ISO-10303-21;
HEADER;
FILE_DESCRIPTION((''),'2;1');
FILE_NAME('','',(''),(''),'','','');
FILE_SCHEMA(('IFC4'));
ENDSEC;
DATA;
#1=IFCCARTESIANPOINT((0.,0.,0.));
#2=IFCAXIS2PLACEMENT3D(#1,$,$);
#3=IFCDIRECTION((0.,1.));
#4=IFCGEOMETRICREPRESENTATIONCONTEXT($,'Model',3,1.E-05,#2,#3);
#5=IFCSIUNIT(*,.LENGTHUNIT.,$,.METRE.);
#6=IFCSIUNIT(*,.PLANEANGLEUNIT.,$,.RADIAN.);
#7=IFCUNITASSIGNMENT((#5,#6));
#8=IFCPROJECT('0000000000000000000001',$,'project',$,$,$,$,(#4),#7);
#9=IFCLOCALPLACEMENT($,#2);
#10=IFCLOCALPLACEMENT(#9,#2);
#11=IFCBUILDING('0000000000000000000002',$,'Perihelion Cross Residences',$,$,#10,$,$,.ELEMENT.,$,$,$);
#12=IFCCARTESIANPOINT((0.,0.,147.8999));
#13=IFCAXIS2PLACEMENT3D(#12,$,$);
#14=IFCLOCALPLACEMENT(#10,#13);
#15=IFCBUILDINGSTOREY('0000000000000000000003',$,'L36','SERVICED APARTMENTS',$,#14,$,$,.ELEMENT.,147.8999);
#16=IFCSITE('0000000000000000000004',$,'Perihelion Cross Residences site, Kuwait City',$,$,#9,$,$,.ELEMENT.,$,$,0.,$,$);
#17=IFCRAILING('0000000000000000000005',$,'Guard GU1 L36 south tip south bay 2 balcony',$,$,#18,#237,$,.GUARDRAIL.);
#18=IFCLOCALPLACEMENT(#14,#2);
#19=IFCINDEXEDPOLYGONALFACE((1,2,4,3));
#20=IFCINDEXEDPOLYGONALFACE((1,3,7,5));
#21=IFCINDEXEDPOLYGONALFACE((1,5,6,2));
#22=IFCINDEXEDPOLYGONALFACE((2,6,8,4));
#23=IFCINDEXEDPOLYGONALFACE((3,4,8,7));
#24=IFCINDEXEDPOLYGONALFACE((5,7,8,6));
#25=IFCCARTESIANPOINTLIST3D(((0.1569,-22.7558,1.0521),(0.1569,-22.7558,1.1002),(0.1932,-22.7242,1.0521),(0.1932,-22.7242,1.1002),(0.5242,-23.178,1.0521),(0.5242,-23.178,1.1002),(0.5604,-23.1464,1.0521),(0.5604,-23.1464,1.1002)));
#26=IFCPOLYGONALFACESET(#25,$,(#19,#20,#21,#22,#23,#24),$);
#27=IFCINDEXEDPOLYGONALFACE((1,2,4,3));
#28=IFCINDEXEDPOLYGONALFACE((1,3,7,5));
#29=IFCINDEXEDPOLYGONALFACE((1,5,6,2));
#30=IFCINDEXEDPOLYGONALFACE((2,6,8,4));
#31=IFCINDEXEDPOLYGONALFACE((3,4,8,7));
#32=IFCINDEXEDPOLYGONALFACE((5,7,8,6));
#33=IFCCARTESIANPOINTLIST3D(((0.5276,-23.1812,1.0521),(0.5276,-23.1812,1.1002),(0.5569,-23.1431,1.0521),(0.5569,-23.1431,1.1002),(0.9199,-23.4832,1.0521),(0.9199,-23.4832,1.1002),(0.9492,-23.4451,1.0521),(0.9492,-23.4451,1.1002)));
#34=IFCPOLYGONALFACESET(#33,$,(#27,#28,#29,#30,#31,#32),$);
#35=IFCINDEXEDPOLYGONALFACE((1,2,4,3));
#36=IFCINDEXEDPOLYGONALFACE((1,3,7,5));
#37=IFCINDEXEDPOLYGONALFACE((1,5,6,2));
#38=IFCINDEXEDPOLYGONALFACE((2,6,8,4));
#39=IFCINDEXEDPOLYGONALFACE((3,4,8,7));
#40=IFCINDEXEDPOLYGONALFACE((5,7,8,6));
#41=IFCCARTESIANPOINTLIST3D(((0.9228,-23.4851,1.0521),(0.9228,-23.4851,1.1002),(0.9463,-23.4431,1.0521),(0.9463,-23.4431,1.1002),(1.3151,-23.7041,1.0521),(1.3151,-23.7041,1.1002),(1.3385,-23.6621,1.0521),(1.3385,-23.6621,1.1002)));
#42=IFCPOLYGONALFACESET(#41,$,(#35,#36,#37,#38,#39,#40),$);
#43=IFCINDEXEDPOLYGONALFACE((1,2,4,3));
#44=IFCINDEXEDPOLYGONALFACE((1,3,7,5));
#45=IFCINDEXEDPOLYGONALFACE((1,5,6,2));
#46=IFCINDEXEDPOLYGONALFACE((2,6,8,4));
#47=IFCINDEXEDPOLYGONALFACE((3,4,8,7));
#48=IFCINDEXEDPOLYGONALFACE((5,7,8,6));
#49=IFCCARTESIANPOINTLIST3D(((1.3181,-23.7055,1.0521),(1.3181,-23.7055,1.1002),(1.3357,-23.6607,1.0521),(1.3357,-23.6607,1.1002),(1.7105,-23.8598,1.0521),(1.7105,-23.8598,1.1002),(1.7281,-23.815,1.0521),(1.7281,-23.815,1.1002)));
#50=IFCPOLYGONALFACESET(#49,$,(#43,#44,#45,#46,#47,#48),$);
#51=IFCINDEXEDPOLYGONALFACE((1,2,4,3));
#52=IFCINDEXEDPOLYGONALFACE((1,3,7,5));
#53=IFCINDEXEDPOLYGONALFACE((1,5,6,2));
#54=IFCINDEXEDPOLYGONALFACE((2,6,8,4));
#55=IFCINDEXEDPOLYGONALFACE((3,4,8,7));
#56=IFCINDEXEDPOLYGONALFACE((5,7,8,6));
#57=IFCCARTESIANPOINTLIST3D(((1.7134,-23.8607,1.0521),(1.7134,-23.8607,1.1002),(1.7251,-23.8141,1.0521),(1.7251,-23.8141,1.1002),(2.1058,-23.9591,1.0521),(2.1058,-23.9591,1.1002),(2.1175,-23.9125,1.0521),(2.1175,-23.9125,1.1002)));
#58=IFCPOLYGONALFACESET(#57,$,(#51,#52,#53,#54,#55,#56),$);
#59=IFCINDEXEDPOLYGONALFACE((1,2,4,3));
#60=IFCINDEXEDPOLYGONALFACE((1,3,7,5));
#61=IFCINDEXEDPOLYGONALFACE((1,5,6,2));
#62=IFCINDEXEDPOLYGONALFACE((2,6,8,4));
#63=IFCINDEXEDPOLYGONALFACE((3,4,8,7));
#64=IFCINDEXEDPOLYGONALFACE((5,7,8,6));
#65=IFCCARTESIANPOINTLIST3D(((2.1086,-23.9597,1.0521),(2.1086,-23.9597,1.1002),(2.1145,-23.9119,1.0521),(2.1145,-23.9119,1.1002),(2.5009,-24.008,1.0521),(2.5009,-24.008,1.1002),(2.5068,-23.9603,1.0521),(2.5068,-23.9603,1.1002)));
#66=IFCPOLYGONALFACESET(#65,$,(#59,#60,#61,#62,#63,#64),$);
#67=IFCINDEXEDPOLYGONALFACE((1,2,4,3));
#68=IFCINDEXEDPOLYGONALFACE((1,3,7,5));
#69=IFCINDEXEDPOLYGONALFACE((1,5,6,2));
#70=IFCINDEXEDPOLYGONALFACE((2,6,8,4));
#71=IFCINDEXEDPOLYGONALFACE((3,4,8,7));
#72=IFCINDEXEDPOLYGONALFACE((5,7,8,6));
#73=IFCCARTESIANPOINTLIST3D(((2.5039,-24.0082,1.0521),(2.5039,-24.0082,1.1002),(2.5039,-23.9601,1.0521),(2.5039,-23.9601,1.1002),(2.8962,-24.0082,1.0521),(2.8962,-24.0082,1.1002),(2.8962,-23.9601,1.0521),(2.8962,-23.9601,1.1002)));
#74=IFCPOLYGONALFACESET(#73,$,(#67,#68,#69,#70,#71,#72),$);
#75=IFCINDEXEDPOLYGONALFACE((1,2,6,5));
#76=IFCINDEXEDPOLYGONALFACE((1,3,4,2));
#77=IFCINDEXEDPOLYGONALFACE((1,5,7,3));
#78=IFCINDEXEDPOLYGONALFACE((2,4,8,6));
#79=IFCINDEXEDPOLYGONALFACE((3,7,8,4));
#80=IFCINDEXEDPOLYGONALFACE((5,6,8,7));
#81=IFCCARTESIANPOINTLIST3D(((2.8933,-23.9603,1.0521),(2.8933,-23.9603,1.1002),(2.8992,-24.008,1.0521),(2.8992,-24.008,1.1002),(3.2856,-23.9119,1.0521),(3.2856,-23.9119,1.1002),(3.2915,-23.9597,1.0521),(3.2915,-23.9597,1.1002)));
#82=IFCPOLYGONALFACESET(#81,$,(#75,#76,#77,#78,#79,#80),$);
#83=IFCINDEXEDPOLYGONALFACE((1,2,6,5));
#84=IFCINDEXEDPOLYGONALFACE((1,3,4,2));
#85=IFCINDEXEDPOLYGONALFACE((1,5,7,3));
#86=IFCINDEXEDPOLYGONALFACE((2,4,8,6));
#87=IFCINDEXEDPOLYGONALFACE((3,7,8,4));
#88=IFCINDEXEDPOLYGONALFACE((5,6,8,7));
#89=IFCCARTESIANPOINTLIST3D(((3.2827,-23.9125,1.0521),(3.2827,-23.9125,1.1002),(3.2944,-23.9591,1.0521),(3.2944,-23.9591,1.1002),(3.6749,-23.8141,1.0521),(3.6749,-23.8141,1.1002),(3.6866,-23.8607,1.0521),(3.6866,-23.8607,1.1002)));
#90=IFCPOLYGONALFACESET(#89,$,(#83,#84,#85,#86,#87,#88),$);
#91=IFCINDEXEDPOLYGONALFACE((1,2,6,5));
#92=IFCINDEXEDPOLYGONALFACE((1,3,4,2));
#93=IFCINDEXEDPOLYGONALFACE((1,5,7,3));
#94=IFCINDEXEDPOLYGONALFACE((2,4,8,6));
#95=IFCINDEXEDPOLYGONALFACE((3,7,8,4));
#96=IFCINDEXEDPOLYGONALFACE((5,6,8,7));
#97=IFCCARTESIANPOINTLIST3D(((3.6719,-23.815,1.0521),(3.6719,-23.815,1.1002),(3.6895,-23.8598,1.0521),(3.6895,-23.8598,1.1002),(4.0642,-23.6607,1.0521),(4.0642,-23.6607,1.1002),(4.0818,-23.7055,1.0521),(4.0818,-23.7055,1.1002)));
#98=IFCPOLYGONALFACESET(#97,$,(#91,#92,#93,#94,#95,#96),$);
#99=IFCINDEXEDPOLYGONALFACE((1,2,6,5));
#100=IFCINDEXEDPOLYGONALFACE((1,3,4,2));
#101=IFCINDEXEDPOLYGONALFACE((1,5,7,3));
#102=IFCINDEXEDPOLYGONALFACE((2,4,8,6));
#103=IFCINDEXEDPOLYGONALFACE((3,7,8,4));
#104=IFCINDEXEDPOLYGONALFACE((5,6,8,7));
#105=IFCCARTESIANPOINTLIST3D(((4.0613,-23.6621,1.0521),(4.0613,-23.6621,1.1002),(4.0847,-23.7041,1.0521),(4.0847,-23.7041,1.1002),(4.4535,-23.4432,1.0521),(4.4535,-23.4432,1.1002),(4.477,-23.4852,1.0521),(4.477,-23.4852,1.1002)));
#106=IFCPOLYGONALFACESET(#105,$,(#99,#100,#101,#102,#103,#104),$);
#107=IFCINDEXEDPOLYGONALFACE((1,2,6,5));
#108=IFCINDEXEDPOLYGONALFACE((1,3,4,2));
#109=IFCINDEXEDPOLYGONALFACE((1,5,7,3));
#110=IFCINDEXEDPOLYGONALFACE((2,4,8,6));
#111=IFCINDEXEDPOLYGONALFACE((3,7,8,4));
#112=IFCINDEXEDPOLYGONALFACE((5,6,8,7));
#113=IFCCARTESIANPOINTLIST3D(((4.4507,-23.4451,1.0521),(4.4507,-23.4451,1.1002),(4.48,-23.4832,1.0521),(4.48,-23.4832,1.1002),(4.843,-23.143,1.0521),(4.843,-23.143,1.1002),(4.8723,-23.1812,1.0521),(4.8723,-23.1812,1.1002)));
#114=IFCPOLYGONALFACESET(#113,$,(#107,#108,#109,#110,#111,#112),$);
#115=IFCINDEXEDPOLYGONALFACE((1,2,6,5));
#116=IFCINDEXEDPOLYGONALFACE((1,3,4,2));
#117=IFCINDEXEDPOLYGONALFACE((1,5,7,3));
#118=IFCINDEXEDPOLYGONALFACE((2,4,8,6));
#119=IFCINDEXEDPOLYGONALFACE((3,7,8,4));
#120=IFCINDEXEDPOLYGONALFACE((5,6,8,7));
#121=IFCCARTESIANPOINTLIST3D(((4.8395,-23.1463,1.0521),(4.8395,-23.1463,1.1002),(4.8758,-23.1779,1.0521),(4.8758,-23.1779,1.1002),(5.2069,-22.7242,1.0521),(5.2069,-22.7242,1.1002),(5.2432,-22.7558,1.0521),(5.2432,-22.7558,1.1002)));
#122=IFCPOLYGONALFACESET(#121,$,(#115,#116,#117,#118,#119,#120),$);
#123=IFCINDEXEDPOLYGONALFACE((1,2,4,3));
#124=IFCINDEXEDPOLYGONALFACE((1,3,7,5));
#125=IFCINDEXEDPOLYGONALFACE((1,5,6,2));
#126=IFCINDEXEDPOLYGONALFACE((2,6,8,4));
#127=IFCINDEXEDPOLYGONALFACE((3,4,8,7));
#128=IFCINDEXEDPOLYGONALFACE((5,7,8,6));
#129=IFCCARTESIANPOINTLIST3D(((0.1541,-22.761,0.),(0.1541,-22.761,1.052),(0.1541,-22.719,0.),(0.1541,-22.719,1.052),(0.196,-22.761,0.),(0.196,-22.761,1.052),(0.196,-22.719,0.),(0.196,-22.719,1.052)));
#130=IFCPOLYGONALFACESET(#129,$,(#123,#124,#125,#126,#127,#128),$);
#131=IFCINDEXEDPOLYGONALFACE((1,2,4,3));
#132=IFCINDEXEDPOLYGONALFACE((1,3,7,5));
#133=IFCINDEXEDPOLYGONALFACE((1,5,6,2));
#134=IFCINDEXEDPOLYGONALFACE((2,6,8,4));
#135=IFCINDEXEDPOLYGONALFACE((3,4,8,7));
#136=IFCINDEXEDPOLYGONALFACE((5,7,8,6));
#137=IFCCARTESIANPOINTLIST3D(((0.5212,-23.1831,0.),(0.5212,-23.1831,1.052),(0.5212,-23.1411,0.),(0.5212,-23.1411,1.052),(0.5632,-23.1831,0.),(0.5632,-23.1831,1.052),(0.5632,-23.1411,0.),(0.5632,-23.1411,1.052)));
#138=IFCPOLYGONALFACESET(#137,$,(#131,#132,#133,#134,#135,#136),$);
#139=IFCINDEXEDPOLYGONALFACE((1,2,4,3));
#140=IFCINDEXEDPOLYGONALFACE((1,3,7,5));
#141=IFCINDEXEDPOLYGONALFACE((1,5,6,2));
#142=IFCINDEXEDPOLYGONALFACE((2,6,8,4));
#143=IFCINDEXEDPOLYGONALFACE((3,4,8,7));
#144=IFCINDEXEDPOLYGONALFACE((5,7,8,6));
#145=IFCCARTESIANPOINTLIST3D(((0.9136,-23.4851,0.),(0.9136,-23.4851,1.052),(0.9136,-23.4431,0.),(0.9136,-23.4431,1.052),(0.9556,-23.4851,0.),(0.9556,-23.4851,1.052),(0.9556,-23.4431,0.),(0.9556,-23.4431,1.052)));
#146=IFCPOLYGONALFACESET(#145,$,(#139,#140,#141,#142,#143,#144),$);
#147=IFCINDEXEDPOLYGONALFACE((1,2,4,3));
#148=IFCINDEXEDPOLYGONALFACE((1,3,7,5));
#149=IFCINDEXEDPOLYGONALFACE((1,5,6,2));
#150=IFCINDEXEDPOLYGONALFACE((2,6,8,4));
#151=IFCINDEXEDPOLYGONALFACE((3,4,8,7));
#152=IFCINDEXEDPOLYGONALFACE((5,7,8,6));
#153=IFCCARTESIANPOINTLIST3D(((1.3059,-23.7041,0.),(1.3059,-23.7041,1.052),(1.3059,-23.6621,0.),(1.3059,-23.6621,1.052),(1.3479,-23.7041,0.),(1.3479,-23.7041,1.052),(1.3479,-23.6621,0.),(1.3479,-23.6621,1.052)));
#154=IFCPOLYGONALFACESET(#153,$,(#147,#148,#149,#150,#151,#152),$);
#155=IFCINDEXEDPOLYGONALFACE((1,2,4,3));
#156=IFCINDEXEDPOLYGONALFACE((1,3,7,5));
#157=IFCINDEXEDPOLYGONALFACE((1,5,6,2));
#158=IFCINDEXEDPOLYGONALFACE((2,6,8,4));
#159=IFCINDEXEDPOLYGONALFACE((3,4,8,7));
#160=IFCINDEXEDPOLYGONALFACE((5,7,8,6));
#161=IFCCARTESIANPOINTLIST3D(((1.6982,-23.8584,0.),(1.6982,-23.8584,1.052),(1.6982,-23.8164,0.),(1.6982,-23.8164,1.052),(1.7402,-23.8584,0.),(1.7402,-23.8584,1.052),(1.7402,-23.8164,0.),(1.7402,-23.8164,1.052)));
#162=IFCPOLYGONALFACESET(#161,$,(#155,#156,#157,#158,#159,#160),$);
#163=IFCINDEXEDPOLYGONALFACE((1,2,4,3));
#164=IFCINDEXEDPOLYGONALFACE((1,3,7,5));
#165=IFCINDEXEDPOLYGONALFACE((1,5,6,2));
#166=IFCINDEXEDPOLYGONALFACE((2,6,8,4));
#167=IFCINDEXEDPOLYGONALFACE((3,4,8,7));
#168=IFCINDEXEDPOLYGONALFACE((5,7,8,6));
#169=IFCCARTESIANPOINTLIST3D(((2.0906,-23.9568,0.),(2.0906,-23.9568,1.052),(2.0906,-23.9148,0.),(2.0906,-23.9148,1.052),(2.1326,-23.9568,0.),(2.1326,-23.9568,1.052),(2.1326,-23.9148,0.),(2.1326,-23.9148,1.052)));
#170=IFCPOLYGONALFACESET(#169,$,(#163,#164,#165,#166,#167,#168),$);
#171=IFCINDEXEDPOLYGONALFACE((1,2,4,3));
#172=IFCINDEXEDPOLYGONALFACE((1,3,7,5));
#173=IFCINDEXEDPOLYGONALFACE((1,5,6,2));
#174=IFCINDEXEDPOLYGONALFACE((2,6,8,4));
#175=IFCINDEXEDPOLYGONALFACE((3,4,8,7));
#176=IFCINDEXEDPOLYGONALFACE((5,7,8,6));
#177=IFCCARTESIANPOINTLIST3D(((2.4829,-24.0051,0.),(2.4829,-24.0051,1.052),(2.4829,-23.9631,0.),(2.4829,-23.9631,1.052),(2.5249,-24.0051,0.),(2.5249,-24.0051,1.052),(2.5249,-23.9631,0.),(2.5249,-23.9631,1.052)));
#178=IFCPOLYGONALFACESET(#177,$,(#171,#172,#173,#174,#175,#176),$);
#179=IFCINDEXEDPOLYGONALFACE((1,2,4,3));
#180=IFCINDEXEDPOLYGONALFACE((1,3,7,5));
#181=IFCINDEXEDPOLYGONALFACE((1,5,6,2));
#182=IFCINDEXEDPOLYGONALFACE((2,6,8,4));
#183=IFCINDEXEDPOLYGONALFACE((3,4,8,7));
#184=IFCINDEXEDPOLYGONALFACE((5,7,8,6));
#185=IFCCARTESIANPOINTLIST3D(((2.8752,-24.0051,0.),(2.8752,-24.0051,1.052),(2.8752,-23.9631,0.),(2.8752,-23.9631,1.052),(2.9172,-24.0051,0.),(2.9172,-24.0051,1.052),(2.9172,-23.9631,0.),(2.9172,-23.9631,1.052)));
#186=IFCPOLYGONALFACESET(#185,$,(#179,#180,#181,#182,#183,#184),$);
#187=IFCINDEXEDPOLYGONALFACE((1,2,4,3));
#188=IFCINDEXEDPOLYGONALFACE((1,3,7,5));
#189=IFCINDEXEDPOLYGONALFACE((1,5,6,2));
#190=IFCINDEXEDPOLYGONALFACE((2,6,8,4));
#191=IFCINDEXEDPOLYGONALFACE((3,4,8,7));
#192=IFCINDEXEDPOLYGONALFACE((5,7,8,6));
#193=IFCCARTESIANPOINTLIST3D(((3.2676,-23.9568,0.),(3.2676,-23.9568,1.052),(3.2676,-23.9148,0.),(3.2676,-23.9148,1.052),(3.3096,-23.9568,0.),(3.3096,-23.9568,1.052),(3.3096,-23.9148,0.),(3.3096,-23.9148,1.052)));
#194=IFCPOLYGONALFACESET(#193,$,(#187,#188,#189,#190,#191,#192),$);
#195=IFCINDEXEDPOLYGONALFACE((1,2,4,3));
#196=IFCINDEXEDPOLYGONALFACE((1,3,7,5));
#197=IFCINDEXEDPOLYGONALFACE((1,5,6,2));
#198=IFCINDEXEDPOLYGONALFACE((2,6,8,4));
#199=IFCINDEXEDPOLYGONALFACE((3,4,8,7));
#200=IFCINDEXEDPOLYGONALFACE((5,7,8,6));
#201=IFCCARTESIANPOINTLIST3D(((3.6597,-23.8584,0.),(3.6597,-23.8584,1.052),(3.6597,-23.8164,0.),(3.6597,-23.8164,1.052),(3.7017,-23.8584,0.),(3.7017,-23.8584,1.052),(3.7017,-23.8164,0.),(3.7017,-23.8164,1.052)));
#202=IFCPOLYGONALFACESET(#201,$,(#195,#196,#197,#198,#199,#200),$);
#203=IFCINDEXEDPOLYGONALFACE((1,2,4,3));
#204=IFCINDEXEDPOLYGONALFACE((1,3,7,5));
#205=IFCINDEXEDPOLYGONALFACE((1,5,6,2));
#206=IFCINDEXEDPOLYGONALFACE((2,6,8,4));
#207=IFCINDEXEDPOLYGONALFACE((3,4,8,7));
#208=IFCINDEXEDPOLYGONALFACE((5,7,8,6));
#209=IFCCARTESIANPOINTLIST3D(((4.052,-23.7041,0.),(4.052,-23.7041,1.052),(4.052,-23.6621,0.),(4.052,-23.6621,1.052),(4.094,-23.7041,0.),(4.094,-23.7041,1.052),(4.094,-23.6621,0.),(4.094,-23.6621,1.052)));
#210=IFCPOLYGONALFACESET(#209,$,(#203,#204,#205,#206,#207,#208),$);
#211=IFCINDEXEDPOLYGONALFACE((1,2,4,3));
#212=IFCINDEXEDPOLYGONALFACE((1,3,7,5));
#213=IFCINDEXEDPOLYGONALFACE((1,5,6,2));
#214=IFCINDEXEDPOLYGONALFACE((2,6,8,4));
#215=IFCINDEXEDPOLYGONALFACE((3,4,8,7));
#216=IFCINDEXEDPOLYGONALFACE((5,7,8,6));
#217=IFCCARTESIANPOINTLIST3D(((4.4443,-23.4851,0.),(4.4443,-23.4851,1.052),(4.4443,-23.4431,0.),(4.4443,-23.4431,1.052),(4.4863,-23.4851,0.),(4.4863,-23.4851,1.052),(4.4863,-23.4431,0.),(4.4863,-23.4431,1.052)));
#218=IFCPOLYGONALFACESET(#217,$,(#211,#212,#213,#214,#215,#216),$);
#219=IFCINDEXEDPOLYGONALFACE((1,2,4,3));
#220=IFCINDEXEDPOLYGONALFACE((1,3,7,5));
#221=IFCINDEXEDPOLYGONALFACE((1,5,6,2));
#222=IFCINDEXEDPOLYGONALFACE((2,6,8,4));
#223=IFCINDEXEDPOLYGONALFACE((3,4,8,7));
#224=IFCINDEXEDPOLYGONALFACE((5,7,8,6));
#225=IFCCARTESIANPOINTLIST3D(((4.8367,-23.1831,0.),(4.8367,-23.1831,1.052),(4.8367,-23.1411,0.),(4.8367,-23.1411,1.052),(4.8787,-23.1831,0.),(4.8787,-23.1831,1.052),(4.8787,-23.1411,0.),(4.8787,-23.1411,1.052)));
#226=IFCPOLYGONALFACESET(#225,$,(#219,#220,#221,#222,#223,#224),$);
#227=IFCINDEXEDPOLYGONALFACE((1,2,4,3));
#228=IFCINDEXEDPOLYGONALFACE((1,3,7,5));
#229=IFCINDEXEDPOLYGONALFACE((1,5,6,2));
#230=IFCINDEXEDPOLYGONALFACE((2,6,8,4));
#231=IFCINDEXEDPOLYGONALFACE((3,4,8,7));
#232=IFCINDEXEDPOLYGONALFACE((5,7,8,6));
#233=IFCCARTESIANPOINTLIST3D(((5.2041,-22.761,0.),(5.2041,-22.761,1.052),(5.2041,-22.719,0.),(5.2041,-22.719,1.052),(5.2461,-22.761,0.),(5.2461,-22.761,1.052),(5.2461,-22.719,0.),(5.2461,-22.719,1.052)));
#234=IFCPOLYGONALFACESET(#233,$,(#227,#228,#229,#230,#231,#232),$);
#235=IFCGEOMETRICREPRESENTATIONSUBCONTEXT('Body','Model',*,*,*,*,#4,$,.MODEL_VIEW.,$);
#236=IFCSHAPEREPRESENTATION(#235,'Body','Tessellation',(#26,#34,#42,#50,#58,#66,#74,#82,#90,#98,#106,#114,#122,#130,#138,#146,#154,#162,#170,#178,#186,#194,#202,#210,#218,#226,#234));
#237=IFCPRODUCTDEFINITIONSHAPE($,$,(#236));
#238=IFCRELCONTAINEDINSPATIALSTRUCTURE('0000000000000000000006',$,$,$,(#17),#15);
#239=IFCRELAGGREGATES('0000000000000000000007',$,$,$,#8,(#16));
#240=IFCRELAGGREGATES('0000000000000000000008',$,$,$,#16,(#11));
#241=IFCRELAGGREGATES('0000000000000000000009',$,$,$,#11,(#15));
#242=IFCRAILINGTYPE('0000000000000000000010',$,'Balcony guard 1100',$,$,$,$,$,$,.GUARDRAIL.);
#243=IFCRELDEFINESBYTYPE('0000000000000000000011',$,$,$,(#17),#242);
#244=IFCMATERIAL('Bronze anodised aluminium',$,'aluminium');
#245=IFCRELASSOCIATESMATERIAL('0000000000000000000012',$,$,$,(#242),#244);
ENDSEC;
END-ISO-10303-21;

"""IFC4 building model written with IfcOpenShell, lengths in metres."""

from ifc_helpers import new_model, si_unit, direction, frame, origin, origin_2d, place, context, subcontext, project, spatial, rectangle, extrude, material, type_object, element, save


model = new_model("IFC4")

# Units and contexts
model_context = context("Model", 3, precision=1e-05, world=origin(), true_north=direction((0.0, 1.0)))
body_context = subcontext(model_context, "Body", "Model", "MODEL_VIEW")
ifc_project = project(units=[si_unit("LENGTHUNIT", "METRE"), si_unit("PLANEANGLEUNIT", "RADIAN")], contexts=[model_context])

# Site, building, storey
site_placement = place(None, origin())
site = spatial("IfcSite", under=ifc_project, at=site_placement, Name="Perihelion Cross Residences site, Kuwait City", CompositionType="ELEMENT", RefElevation=0.0)
building_placement = place(site_placement, origin())
building = spatial("IfcBuilding", under=site, at=building_placement, Name="Perihelion Cross Residences", CompositionType="ELEMENT")
storey_placement = place(building_placement, frame((0.0, 0.0, 147.8999)))
storey = spatial("IfcBuildingStorey", under=building, at=storey_placement, Name="L36", Description="SERVICED APARTMENTS", CompositionType="ELEMENT", Elevation=147.8999)

# Railing
ifc_material_1 = material(Name="Bronze anodised aluminium", Category="aluminium")
railing_type = type_object("IfcRailingType", Name="Balcony guard 1100", PredefinedType="GUARDRAIL", material=ifc_material_1)
railing_placement = place(storey_placement, frame((0.175, -22.74, 0.0)))
element("IfcRailing", 1, at=railing_placement, inside=storey, type_object=railing_type, Name="Guard GU1 L36 south tip south bay 2 balcony", PredefinedType="GUARDRAIL", context=body_context, shape_type="SweptSolid", body=[
    extrude(rectangle(XDim=0.0481, YDim=0.0481, at=origin_2d()), frame((0.0, 0.0, 1.0762), z_axis=(0.656308, -0.754493, 0.0), x_axis=(0.754493, 0.656308, 0.0)), (0.0, 0.0, 1.0), 0.5596),
    extrude(rectangle(XDim=0.0481, YDim=0.0481, at=origin_2d()), frame((0.3672, -0.4221, 1.0762), z_axis=(0.792422, -0.609973, 0.0), x_axis=(0.609973, 0.792422, 0.0)), (0.0, 0.0, 1.0), 0.4951),
    extrude(rectangle(XDim=0.0481, YDim=0.0481, at=origin_2d()), frame((0.7595, -0.7241, 1.0762), z_axis=(0.873182, -0.487395, 0.0), x_axis=(0.487395, 0.873182, 0.0)), (0.0, 0.0, 1.0), 0.4492),
    extrude(rectangle(XDim=0.0481, YDim=0.0481, at=origin_2d()), frame((1.1519, -0.9431, 1.0762), z_axis=(0.930618, -0.365993, 0.0), x_axis=(0.365993, 0.930618, 0.0)), (0.0, 0.0, 1.0), 0.4216),
    extrude(rectangle(XDim=0.0481, YDim=0.0481, at=origin_2d()), frame((1.5442, -1.0974, 1.0762), z_axis=(0.969965, -0.243246, 0.0), x_axis=(0.243246, 0.969965, 0.0)), (0.0, 0.0, 1.0), 0.4045),
    extrude(rectangle(XDim=0.0481, YDim=0.0481, at=origin_2d()), frame((1.9365, -1.1958, 1.0762), z_axis=(0.992495, -0.122286, 0.0), x_axis=(0.122286, 0.992495, 0.0)), (0.0, 0.0, 1.0), 0.3953),
    extrude(rectangle(XDim=0.0481, YDim=0.0481, at=origin_2d()), frame((2.3289, -1.2441, 1.0762), z_axis=(1.0, 0.0, 0.0), x_axis=(0.0, 1.0, 0.0)), (0.0, 0.0, 1.0), 0.3923),
    extrude(rectangle(XDim=0.0481, YDim=0.0481, at=origin_2d()), frame((2.7212, -1.2441, 1.0762), z_axis=(0.992495, 0.122286, 0.0), x_axis=(-0.122286, 0.992495, 0.0)), (0.0, 0.0, 1.0), 0.3953),
    extrude(rectangle(XDim=0.0481, YDim=0.0481, at=origin_2d()), frame((3.1135, -1.1958, 1.0762), z_axis=(0.969929, 0.243388, 0.0), x_axis=(-0.243388, 0.969929, 0.0)), (0.0, 0.0, 1.0), 0.4043),
    extrude(rectangle(XDim=0.0481, YDim=0.0481, at=origin_2d()), frame((3.5056, -1.0974, 1.0762), z_axis=(0.930618, 0.365993, 0.0), x_axis=(-0.365993, 0.930618, 0.0)), (0.0, 0.0, 1.0), 0.4216),
    extrude(rectangle(XDim=0.0481, YDim=0.0481, at=origin_2d()), frame((3.8979, -0.9431, 1.0762), z_axis=(0.873182, 0.487395, 0.0), x_axis=(-0.487395, 0.873182, 0.0)), (0.0, 0.0, 1.0), 0.4492),
    extrude(rectangle(XDim=0.0481, YDim=0.0481, at=origin_2d()), frame((4.2903, -0.7241, 1.0762), z_axis=(0.792422, 0.609973, 0.0), x_axis=(-0.609973, 0.792422, 0.0)), (0.0, 0.0, 1.0), 0.4951),
    extrude(rectangle(XDim=0.0481, YDim=0.0481, at=origin_2d()), frame((4.6826, -0.4221, 1.0762), z_axis=(0.656557, 0.754277, 0.0), x_axis=(-0.754277, 0.656557, 0.0)), (0.0, 0.0, 1.0), 0.5596),
    extrude(rectangle(XDim=0.042, YDim=0.042, at=origin_2d()), origin(), (0.0, 0.0, 1.0), 1.052),
    extrude(rectangle(XDim=0.042, YDim=0.042, at=origin_2d()), frame((0.3672, -0.4221, 0.0)), (0.0, 0.0, 1.0), 1.052),
    extrude(rectangle(XDim=0.042, YDim=0.042, at=origin_2d()), frame((0.7595, -0.7241, 0.0)), (0.0, 0.0, 1.0), 1.052),
    extrude(rectangle(XDim=0.042, YDim=0.042, at=origin_2d()), frame((1.1519, -0.9431, 0.0)), (0.0, 0.0, 1.0), 1.052),
    extrude(rectangle(XDim=0.042, YDim=0.042, at=origin_2d()), frame((1.5442, -1.0974, 0.0)), (0.0, 0.0, 1.0), 1.052),
    extrude(rectangle(XDim=0.042, YDim=0.042, at=origin_2d()), frame((1.9365, -1.1958, 0.0)), (0.0, 0.0, 1.0), 1.052),
    extrude(rectangle(XDim=0.042, YDim=0.042, at=origin_2d()), frame((2.3289, -1.2441, 0.0)), (0.0, 0.0, 1.0), 1.052),
    extrude(rectangle(XDim=0.042, YDim=0.042, at=origin_2d()), frame((2.7212, -1.2441, 0.0)), (0.0, 0.0, 1.0), 1.052),
    extrude(rectangle(XDim=0.042, YDim=0.042, at=origin_2d()), frame((3.1135, -1.1958, 0.0)), (0.0, 0.0, 1.0), 1.052),
    extrude(rectangle(XDim=0.042, YDim=0.042, at=origin_2d()), frame((3.5056, -1.0974, 0.0)), (0.0, 0.0, 1.0), 1.052),
    extrude(rectangle(XDim=0.042, YDim=0.042, at=origin_2d()), frame((3.8979, -0.9431, 0.0)), (0.0, 0.0, 1.0), 1.052),
    extrude(rectangle(XDim=0.042, YDim=0.042, at=origin_2d()), frame((4.2903, -0.7241, 0.0)), (0.0, 0.0, 1.0), 1.052),
    extrude(rectangle(XDim=0.042, YDim=0.042, at=origin_2d()), frame((4.6826, -0.4221, 0.0)), (0.0, 0.0, 1.0), 1.052),
    extrude(rectangle(XDim=0.042, YDim=0.042, at=origin_2d()), frame((5.05, 0.0, 0.0)), (0.0, 0.0, 1.0), 1.052),
])

save(model, "model.ifc")
